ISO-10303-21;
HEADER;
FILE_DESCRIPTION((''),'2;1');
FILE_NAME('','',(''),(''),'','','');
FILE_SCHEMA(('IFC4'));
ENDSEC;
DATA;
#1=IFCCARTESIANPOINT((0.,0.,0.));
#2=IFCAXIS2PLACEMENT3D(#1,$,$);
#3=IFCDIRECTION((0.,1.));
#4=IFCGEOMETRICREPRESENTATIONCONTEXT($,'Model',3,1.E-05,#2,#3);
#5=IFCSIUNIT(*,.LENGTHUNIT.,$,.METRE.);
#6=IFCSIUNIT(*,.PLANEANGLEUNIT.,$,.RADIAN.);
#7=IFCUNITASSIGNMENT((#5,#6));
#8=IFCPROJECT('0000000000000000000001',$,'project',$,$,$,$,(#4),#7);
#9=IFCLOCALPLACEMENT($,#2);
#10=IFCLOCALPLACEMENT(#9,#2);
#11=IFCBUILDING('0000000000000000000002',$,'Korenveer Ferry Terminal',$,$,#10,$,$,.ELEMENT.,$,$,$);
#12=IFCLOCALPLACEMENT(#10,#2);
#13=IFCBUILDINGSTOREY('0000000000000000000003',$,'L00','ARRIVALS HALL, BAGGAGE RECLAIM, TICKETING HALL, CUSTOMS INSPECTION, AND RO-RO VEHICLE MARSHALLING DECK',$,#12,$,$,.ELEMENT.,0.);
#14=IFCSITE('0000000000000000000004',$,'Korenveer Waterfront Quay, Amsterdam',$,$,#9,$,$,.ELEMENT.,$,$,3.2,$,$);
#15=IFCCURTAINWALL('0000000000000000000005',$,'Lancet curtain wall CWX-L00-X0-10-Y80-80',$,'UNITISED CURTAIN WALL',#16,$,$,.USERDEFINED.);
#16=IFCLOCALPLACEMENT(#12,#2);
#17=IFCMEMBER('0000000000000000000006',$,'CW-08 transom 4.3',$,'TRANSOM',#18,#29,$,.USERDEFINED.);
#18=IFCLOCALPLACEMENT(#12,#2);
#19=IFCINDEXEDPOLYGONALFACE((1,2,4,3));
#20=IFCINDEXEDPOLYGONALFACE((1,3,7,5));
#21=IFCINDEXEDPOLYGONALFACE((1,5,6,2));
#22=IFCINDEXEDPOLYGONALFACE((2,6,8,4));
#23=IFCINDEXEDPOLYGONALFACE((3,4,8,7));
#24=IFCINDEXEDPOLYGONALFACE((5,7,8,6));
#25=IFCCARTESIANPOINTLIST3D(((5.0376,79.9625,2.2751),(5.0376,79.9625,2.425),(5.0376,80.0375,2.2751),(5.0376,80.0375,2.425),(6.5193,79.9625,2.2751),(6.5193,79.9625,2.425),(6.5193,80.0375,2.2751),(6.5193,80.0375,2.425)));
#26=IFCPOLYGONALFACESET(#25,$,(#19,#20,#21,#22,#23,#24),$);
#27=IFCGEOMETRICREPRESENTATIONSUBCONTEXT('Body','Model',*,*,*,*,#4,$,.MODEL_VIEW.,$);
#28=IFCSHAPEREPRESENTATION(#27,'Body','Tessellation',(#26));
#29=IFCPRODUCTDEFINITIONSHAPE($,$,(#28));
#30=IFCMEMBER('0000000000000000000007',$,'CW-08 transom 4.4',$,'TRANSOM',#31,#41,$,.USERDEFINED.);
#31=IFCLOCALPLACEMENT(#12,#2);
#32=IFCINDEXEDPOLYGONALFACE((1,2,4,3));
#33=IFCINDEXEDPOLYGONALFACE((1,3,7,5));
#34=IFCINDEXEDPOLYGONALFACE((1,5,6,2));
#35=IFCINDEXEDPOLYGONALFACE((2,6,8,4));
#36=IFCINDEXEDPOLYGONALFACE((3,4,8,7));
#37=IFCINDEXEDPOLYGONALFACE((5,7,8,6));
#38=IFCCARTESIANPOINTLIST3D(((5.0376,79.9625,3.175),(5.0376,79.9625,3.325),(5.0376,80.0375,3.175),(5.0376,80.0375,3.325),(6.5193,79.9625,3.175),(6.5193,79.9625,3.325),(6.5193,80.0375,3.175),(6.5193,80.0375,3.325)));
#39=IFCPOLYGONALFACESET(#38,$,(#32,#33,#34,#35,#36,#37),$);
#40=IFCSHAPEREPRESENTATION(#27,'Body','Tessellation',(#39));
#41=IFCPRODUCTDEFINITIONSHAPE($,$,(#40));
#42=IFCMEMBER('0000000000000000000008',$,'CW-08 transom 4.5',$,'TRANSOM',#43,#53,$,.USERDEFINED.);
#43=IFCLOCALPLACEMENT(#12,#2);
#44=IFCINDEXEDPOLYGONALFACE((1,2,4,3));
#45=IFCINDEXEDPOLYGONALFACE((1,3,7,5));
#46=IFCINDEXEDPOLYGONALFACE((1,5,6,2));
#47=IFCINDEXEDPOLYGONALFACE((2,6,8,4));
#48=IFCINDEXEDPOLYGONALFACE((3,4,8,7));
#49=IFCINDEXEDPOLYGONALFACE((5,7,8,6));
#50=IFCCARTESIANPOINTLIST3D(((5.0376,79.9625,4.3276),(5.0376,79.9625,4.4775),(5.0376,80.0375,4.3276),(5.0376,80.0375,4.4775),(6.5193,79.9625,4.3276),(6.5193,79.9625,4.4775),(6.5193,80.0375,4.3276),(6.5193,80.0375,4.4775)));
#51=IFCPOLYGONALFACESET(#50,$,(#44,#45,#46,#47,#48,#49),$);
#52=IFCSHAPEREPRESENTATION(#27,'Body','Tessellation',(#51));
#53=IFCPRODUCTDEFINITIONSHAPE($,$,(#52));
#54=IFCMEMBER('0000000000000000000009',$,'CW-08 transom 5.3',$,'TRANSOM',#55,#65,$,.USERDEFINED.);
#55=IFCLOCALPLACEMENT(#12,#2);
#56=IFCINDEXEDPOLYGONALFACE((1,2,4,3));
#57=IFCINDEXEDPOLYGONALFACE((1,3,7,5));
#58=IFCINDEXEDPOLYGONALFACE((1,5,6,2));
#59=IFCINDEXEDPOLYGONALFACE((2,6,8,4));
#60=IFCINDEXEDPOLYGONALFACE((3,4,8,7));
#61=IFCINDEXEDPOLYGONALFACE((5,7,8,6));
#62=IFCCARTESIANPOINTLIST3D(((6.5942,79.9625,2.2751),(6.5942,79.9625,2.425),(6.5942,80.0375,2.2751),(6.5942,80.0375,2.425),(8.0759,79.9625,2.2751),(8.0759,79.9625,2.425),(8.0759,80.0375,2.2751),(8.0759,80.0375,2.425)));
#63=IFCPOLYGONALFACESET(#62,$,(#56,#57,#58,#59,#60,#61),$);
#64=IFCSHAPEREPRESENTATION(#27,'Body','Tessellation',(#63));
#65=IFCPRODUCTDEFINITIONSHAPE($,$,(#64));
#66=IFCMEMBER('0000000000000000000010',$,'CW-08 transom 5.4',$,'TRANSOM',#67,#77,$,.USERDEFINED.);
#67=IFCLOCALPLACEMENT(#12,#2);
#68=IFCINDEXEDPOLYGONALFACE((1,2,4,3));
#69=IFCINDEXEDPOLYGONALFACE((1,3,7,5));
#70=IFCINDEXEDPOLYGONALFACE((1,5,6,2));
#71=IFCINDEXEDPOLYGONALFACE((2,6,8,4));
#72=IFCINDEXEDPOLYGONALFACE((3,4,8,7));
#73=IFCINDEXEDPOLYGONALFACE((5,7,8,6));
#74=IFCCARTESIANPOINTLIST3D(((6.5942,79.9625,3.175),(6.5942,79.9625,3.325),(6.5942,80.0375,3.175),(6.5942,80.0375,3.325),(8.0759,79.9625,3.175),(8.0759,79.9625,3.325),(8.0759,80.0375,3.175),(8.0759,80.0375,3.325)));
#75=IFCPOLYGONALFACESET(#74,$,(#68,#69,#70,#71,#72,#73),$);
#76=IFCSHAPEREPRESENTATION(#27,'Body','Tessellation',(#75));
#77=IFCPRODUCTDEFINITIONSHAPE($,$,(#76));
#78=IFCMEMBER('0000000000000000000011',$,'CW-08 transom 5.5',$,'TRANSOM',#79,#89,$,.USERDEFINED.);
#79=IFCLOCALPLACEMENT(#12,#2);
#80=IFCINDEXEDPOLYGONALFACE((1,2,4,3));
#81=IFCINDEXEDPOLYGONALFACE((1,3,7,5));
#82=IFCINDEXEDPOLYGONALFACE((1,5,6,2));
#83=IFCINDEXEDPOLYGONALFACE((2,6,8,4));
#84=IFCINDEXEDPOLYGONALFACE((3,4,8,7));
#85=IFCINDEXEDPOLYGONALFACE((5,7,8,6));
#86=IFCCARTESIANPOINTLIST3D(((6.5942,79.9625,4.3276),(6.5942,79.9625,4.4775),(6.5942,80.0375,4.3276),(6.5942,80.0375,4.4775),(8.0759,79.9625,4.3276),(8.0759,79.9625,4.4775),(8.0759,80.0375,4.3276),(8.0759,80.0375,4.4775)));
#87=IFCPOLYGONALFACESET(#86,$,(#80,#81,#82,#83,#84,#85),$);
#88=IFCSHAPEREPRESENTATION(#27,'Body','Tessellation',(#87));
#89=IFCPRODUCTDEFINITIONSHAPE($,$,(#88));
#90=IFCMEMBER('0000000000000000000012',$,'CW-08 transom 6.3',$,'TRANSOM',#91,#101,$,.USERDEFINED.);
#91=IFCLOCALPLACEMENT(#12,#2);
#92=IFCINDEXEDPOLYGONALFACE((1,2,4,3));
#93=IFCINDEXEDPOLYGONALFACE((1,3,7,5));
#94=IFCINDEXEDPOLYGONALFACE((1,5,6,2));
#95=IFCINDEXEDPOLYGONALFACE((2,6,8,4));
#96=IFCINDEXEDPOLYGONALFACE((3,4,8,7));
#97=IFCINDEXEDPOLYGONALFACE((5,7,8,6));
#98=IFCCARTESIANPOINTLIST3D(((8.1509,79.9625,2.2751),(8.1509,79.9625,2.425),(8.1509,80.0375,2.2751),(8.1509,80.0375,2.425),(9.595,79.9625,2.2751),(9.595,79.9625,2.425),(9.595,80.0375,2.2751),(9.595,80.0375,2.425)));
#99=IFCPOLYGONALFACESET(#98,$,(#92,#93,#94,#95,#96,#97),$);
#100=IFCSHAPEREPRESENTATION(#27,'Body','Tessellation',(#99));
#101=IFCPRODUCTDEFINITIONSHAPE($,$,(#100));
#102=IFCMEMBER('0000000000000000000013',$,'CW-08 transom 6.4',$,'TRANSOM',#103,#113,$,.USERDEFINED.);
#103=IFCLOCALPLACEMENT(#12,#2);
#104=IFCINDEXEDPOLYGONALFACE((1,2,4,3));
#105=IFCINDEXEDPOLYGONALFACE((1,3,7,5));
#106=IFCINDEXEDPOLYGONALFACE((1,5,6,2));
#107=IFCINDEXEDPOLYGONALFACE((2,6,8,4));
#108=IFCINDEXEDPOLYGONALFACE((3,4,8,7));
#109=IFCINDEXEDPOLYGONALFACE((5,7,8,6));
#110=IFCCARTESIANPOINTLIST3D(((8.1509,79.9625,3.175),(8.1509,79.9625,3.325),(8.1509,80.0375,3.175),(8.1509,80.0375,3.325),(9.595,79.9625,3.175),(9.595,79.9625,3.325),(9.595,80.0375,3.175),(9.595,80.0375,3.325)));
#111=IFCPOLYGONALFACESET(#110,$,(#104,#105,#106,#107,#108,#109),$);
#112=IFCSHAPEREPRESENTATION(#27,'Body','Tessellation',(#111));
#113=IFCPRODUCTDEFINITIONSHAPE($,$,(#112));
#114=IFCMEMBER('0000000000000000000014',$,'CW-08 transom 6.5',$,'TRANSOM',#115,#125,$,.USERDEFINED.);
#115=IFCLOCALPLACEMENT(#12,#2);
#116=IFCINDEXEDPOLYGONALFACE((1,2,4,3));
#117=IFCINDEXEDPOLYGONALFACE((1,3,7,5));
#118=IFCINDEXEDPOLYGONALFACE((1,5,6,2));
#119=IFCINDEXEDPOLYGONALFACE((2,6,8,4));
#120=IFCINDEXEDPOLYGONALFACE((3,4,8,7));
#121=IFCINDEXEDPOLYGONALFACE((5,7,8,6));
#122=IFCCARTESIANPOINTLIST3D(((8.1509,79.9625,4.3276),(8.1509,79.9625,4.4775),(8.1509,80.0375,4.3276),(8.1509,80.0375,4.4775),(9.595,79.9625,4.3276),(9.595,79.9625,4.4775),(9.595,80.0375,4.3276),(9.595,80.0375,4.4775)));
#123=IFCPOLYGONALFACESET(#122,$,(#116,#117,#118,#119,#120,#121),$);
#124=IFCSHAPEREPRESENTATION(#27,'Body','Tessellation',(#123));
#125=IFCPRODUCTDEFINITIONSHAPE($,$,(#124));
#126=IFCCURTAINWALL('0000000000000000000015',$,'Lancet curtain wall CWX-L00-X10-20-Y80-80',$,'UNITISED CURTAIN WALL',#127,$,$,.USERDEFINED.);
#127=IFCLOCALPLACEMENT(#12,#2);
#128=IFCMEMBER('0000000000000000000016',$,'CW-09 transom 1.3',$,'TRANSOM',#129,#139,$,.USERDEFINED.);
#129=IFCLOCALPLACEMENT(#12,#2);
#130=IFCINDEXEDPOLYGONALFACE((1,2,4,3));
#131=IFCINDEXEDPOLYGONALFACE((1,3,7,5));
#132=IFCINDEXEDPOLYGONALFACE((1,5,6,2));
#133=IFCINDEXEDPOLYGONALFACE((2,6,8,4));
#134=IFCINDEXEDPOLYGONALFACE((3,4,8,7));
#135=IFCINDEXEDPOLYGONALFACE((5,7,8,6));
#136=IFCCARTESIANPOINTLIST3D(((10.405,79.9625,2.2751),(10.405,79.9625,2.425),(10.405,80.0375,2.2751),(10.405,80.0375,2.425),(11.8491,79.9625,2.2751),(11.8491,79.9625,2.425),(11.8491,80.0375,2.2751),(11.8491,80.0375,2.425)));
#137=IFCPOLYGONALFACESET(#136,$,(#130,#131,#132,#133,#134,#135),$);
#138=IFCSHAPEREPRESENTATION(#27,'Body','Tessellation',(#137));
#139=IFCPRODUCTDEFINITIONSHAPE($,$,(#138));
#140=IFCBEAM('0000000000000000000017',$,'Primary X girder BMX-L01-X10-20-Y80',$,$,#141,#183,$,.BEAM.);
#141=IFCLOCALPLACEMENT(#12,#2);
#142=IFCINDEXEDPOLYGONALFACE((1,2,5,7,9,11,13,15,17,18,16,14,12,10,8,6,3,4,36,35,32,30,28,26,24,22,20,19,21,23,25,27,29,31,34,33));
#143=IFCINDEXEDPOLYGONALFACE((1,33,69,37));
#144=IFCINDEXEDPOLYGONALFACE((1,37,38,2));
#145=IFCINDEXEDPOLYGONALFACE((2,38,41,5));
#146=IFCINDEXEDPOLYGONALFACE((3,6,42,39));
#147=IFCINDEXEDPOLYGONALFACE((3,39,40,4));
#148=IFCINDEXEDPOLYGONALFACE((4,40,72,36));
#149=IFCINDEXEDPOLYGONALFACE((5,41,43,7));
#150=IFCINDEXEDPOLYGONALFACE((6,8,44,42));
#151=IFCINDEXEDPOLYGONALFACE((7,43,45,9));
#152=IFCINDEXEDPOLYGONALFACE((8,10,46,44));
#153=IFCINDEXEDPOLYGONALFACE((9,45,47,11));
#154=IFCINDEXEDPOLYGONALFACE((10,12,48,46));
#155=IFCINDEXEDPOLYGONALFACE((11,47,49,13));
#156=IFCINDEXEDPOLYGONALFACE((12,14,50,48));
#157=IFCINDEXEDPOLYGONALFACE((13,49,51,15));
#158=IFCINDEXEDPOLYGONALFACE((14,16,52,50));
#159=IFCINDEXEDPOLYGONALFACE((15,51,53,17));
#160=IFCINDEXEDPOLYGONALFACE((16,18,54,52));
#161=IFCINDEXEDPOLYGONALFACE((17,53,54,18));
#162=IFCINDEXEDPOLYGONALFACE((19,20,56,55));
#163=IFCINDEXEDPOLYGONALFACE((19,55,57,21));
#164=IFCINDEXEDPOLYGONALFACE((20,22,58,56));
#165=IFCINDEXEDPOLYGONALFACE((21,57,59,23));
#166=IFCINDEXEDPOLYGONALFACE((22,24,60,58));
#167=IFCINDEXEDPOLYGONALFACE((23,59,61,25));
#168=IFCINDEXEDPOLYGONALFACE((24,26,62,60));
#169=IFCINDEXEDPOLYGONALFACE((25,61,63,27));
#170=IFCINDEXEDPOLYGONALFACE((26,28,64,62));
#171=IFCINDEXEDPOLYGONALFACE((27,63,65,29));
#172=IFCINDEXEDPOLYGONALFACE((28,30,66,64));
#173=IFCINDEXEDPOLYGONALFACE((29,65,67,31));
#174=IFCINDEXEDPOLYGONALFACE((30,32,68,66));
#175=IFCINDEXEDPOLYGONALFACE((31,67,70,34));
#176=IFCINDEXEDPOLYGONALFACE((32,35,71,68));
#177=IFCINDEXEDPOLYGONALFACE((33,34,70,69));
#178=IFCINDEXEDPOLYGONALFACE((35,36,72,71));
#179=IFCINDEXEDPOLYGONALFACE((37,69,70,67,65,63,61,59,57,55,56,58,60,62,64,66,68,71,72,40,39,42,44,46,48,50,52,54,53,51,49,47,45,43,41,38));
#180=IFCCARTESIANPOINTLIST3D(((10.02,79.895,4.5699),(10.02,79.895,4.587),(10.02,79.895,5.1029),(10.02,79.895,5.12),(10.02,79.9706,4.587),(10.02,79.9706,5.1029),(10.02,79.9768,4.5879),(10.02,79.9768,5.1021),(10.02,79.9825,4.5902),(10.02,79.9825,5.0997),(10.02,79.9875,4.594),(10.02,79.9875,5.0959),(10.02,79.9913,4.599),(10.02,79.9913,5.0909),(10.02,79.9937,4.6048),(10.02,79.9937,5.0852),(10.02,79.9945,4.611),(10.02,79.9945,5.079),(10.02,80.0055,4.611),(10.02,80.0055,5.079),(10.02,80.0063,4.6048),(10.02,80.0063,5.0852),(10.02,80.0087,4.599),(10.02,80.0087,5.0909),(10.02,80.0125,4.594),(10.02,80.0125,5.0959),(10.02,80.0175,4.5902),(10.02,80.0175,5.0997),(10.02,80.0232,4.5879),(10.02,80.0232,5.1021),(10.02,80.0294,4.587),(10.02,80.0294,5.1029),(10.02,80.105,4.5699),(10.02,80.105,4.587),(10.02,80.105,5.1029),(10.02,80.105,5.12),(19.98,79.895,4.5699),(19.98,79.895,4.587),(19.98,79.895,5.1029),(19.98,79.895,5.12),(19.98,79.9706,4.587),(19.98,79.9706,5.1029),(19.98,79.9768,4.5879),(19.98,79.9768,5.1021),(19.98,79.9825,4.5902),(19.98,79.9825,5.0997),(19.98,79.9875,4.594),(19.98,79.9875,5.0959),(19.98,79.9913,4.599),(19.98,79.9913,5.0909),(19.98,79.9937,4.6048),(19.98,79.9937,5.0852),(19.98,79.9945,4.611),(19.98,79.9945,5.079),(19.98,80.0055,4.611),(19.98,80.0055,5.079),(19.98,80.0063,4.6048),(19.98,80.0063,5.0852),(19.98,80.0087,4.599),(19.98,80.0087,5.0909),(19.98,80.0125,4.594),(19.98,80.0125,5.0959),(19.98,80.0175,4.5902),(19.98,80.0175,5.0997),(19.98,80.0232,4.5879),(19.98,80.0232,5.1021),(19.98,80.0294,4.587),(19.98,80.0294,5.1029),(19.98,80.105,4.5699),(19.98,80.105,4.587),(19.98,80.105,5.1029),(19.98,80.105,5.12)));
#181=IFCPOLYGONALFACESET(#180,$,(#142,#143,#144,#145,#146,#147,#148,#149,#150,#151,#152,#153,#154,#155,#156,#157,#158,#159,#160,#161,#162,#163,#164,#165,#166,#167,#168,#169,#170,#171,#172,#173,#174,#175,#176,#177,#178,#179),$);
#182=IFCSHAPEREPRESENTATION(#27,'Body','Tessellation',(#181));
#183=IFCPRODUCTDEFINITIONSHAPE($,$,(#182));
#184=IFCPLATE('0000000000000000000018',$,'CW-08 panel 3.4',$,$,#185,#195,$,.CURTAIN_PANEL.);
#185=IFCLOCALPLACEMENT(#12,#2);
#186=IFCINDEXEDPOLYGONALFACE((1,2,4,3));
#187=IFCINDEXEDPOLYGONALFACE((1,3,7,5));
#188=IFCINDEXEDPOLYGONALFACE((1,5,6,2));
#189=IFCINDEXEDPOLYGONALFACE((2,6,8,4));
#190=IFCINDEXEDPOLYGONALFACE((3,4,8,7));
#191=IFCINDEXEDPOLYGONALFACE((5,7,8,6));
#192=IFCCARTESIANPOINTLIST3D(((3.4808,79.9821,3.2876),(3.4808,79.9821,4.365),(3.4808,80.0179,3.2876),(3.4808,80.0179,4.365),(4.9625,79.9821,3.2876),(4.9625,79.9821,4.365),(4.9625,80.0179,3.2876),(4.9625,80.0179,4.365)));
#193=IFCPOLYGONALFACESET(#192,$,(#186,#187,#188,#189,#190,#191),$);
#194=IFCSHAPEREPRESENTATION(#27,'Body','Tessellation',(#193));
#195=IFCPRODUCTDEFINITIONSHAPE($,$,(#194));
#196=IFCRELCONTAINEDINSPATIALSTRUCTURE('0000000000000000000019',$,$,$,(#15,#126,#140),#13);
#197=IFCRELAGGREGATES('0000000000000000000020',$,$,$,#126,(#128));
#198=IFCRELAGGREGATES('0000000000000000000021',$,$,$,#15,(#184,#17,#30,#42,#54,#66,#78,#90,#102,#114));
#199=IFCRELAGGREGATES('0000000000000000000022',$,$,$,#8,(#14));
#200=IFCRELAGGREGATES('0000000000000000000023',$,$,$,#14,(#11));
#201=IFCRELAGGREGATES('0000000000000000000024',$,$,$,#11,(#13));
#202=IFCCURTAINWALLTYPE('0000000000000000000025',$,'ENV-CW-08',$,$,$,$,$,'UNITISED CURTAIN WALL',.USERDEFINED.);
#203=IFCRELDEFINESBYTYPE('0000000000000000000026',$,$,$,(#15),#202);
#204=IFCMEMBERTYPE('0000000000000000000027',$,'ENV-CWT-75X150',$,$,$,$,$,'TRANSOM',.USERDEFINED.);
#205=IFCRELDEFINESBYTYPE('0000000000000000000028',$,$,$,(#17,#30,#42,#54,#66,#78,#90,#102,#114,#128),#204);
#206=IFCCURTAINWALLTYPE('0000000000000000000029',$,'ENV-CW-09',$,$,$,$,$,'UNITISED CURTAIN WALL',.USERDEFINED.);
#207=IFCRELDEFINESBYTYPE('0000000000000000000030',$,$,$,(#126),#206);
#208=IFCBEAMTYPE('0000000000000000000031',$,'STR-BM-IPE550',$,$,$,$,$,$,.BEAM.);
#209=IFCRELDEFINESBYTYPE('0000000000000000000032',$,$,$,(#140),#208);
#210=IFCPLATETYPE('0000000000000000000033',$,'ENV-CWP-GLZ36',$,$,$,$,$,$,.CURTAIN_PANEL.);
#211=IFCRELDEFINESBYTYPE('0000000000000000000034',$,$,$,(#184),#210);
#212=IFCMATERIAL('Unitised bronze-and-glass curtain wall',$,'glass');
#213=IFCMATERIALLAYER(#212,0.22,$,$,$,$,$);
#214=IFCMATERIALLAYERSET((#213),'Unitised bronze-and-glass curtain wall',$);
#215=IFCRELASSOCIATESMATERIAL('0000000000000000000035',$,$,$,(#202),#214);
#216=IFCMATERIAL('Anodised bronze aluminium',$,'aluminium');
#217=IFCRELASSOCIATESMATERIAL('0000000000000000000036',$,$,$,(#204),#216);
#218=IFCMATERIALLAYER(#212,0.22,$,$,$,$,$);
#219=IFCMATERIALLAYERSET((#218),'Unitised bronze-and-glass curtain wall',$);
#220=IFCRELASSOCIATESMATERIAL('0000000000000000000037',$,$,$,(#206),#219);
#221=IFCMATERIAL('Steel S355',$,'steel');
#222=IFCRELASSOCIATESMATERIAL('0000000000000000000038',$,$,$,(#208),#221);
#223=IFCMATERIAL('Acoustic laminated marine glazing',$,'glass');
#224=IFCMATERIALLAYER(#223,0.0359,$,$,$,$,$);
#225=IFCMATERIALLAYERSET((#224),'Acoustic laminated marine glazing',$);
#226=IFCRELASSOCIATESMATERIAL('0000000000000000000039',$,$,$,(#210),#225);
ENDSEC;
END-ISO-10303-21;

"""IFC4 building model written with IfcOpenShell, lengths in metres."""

from ifc_helpers import new_model, si_unit, direction, frame, origin, origin_2d, place, context, subcontext, project, spatial, rectangle, i_section, extrude, material, layer, layer_set, material_profile, profile_set, type_object, element, aggregate, save


model = new_model("IFC4")

# Units and contexts
model_context = context("Model", 3, precision=1e-05, world=origin(), true_north=direction((0.0, 1.0)))
body_context = subcontext(model_context, "Body", "Model", "MODEL_VIEW")
ifc_project = project(units=[si_unit("LENGTHUNIT", "METRE"), si_unit("PLANEANGLEUNIT", "RADIAN")], contexts=[model_context])

# Site, building, storey
site_placement = place(None, origin())
site = spatial("IfcSite", under=ifc_project, at=site_placement, Name="Korenveer Waterfront Quay, Amsterdam", CompositionType="ELEMENT", RefElevation=3.2)
building_placement = place(site_placement, origin())
building = spatial("IfcBuilding", under=site, at=building_placement, Name="Korenveer Ferry Terminal", CompositionType="ELEMENT")
storey_placement = place(building_placement, origin())
storey = spatial("IfcBuildingStorey", under=building, at=storey_placement, Name="L00", Description="ARRIVALS HALL, BAGGAGE RECLAIM, TICKETING HALL, CUSTOMS INSPECTION, AND RO-RO VEHICLE MARSHALLING DECK", CompositionType="ELEMENT", Elevation=0.0)

# Curtain wall, members
ifc_material_1 = material(Name="Unitised bronze-and-glass curtain wall", Category="glass")
ifc_layer_1 = layer(ifc_material_1, 0.22)
ifc_layer_set_1 = layer_set([ifc_layer_1], Name="Unitised bronze-and-glass curtain wall")
curtain_wall_type_1 = type_object("IfcCurtainWallType", Name="ENV-CW-08", ElementType="UNITISED CURTAIN WALL", PredefinedType="USERDEFINED", material=ifc_layer_set_1)
curtain_wall_1_placement = place(storey_placement, frame((0.3301, 80.0, 0.0)))
curtain_wall_1 = element("IfcCurtainWall", 1, at=curtain_wall_1_placement, inside=storey, type_object=curtain_wall_type_1, Name="Lancet curtain wall CWX-L00-X0-10-Y80-80", ObjectType="UNITISED CURTAIN WALL", PredefinedType="USERDEFINED")
ifc_material_2 = material(Name="Anodised bronze aluminium", Category="aluminium")
ifc_material_profile_1 = material_profile(ifc_material_2, rectangle(XDim=0.075, YDim=0.1499, at=origin_2d()), Name="ALU 75x150")
ifc_profile_set_1 = profile_set([ifc_material_profile_1], Name="Anodised bronze aluminium")
member_type = type_object("IfcMemberType", Name="ENV-CWT-75X150", ElementType="TRANSOM", PredefinedType="USERDEFINED", material=ifc_profile_set_1)
member_1_placement = place(storey_placement, frame((5.0376, 80.0, 2.3501), z_axis=(1.0, 0.0, 0.0), x_axis=(0.0, 1.0, 0.0)))
member_1 = element("IfcMember", 2, at=member_1_placement, type_object=member_type, Name="CW-08 transom 4.3", ObjectType="TRANSOM", PredefinedType="USERDEFINED", context=body_context, shape_type="SweptSolid", body=[
    extrude(rectangle(XDim=0.075, YDim=0.1499, at=origin_2d()), origin(), (0.0, 0.0, 1.0), 1.4817),
])
member_2_placement = place(storey_placement, frame((5.0376, 80.0, 3.25), z_axis=(1.0, 0.0, 0.0), x_axis=(0.0, 1.0, 0.0)))
member_2 = element("IfcMember", 3, at=member_2_placement, type_object=member_type, Name="CW-08 transom 4.4", ObjectType="TRANSOM", PredefinedType="USERDEFINED", context=body_context, shape_type="SweptSolid", body=[
    extrude(rectangle(XDim=0.075, YDim=0.1499, at=origin_2d()), origin(), (0.0, 0.0, 1.0), 1.4817),
])
member_3_placement = place(storey_placement, frame((5.0376, 80.0, 4.4026), z_axis=(1.0, 0.0, 0.0), x_axis=(0.0, 1.0, 0.0)))
member_3 = element("IfcMember", 4, at=member_3_placement, type_object=member_type, Name="CW-08 transom 4.5", ObjectType="TRANSOM", PredefinedType="USERDEFINED", context=body_context, shape_type="SweptSolid", body=[
    extrude(rectangle(XDim=0.075, YDim=0.1499, at=origin_2d()), origin(), (0.0, 0.0, 1.0), 1.4817),
])
member_4_placement = place(storey_placement, frame((6.5942, 80.0, 2.3501), z_axis=(1.0, 0.0, 0.0), x_axis=(0.0, 1.0, 0.0)))
member_4 = element("IfcMember", 5, at=member_4_placement, type_object=member_type, Name="CW-08 transom 5.3", ObjectType="TRANSOM", PredefinedType="USERDEFINED", context=body_context, shape_type="SweptSolid", body=[
    extrude(rectangle(XDim=0.075, YDim=0.1499, at=origin_2d()), origin(), (0.0, 0.0, 1.0), 1.4817),
])
member_5_placement = place(storey_placement, frame((6.5942, 80.0, 3.25), z_axis=(1.0, 0.0, 0.0), x_axis=(0.0, 1.0, 0.0)))
member_5 = element("IfcMember", 6, at=member_5_placement, type_object=member_type, Name="CW-08 transom 5.4", ObjectType="TRANSOM", PredefinedType="USERDEFINED", context=body_context, shape_type="SweptSolid", body=[
    extrude(rectangle(XDim=0.075, YDim=0.1499, at=origin_2d()), origin(), (0.0, 0.0, 1.0), 1.4817),
])
member_6_placement = place(storey_placement, frame((6.5942, 80.0, 4.4026), z_axis=(1.0, 0.0, 0.0), x_axis=(0.0, 1.0, 0.0)))
member_6 = element("IfcMember", 7, at=member_6_placement, type_object=member_type, Name="CW-08 transom 5.5", ObjectType="TRANSOM", PredefinedType="USERDEFINED", context=body_context, shape_type="SweptSolid", body=[
    extrude(rectangle(XDim=0.075, YDim=0.1499, at=origin_2d()), origin(), (0.0, 0.0, 1.0), 1.4817),
])
member_7_placement = place(storey_placement, frame((8.1509, 80.0, 2.3501), z_axis=(1.0, 0.0, 0.0), x_axis=(0.0, 1.0, 0.0)))
member_7 = element("IfcMember", 8, at=member_7_placement, type_object=member_type, Name="CW-08 transom 6.3", ObjectType="TRANSOM", PredefinedType="USERDEFINED", context=body_context, shape_type="SweptSolid", body=[
    extrude(rectangle(XDim=0.075, YDim=0.1499, at=origin_2d()), origin(), (0.0, 0.0, 1.0), 1.4441),
])
member_8_placement = place(storey_placement, frame((8.1509, 80.0, 3.25), z_axis=(1.0, 0.0, 0.0), x_axis=(0.0, 1.0, 0.0)))
member_8 = element("IfcMember", 9, at=member_8_placement, type_object=member_type, Name="CW-08 transom 6.4", ObjectType="TRANSOM", PredefinedType="USERDEFINED", context=body_context, shape_type="SweptSolid", body=[
    extrude(rectangle(XDim=0.075, YDim=0.1499, at=origin_2d()), origin(), (0.0, 0.0, 1.0), 1.4441),
])
member_9_placement = place(storey_placement, frame((8.1509, 80.0, 4.4026), z_axis=(1.0, 0.0, 0.0), x_axis=(0.0, 1.0, 0.0)))
member_9 = element("IfcMember", 10, at=member_9_placement, type_object=member_type, Name="CW-08 transom 6.5", ObjectType="TRANSOM", PredefinedType="USERDEFINED", context=body_context, shape_type="SweptSolid", body=[
    extrude(rectangle(XDim=0.075, YDim=0.1499, at=origin_2d()), origin(), (0.0, 0.0, 1.0), 1.4441),
])

# Curtain wall, member
ifc_layer_2 = layer(ifc_material_1, 0.22)
ifc_layer_set_2 = layer_set([ifc_layer_2], Name="Unitised bronze-and-glass curtain wall")
curtain_wall_type_2 = type_object("IfcCurtainWallType", Name="ENV-CW-09", ElementType="UNITISED CURTAIN WALL", PredefinedType="USERDEFINED", material=ifc_layer_set_2)
curtain_wall_2_placement = place(storey_placement, frame((10.3301, 80.0, 0.0)))
curtain_wall_2 = element("IfcCurtainWall", 11, at=curtain_wall_2_placement, inside=storey, type_object=curtain_wall_type_2, Name="Lancet curtain wall CWX-L00-X10-20-Y80-80", ObjectType="UNITISED CURTAIN WALL", PredefinedType="USERDEFINED")
member_10_placement = place(storey_placement, frame((10.405, 80.0, 2.3501), z_axis=(1.0, 0.0, 0.0), x_axis=(0.0, 1.0, 0.0)))
member_10 = element("IfcMember", 12, at=member_10_placement, type_object=member_type, Name="CW-09 transom 1.3", ObjectType="TRANSOM", PredefinedType="USERDEFINED", context=body_context, shape_type="SweptSolid", body=[
    extrude(rectangle(XDim=0.075, YDim=0.1499, at=origin_2d()), origin(), (0.0, 0.0, 1.0), 1.4441),
])
aggregate(curtain_wall_2, [member_10])

# Beam
ifc_material_3 = material(Name="Steel S355", Category="steel")
ifc_material_profile_2 = material_profile(ifc_material_3, i_section(OverallWidth=0.21, OverallDepth=0.55, WebThickness=0.011, FlangeThickness=0.0171, FilletRadius=0.0239, at=origin_2d()), Name="IPE 550")
ifc_profile_set_2 = profile_set([ifc_material_profile_2], Name="Steel S355")
beam_type = type_object("IfcBeamType", Name="STR-BM-IPE550", PredefinedType="BEAM", material=ifc_profile_set_2)
beam_placement = place(storey_placement, frame((10.02, 80.0, 4.845), z_axis=(1.0, 0.0, 0.0), x_axis=(0.0, 1.0, 0.0)))
element("IfcBeam", 13, at=beam_placement, inside=storey, type_object=beam_type, Name="Primary X girder BMX-L01-X10-20-Y80", PredefinedType="BEAM", context=body_context, shape_type="SweptSolid", body=[
    extrude(i_section(OverallWidth=0.21, OverallDepth=0.55, WebThickness=0.011, FlangeThickness=0.0171, FilletRadius=0.0239, at=origin_2d()), origin(), (0.0, 0.0, 1.0), 9.96),
])

# Plate
ifc_material_4 = material(Name="Acoustic laminated marine glazing", Category="glass")
ifc_layer_3 = layer(ifc_material_4, 0.0359)
ifc_layer_set_3 = layer_set([ifc_layer_3], Name="Acoustic laminated marine glazing")
plate_type = type_object("IfcPlateType", Name="ENV-CWP-GLZ36", PredefinedType="CURTAIN_PANEL", material=ifc_layer_set_3)
plate_1_placement = place(storey_placement, frame((4.2217, 80.0, 3.2876), z_axis=(0.0, 0.0, 1.0), x_axis=(1.0, 0.0, 0.0)))
plate_1 = element("IfcPlate", 14, at=plate_1_placement, type_object=plate_type, Name="CW-08 panel 3.4", PredefinedType="CURTAIN_PANEL", context=body_context, shape_type="SweptSolid", body=[
    extrude(rectangle(XDim=1.4817, YDim=0.0359, at=origin_2d()), origin(), (0.0, 0.0, 1.0), 1.0774),
])
aggregate(curtain_wall_1, [plate_1, member_1, member_2, member_3, member_4, member_5, member_6, member_7, member_8, member_9])

save(model, "model.ifc")
